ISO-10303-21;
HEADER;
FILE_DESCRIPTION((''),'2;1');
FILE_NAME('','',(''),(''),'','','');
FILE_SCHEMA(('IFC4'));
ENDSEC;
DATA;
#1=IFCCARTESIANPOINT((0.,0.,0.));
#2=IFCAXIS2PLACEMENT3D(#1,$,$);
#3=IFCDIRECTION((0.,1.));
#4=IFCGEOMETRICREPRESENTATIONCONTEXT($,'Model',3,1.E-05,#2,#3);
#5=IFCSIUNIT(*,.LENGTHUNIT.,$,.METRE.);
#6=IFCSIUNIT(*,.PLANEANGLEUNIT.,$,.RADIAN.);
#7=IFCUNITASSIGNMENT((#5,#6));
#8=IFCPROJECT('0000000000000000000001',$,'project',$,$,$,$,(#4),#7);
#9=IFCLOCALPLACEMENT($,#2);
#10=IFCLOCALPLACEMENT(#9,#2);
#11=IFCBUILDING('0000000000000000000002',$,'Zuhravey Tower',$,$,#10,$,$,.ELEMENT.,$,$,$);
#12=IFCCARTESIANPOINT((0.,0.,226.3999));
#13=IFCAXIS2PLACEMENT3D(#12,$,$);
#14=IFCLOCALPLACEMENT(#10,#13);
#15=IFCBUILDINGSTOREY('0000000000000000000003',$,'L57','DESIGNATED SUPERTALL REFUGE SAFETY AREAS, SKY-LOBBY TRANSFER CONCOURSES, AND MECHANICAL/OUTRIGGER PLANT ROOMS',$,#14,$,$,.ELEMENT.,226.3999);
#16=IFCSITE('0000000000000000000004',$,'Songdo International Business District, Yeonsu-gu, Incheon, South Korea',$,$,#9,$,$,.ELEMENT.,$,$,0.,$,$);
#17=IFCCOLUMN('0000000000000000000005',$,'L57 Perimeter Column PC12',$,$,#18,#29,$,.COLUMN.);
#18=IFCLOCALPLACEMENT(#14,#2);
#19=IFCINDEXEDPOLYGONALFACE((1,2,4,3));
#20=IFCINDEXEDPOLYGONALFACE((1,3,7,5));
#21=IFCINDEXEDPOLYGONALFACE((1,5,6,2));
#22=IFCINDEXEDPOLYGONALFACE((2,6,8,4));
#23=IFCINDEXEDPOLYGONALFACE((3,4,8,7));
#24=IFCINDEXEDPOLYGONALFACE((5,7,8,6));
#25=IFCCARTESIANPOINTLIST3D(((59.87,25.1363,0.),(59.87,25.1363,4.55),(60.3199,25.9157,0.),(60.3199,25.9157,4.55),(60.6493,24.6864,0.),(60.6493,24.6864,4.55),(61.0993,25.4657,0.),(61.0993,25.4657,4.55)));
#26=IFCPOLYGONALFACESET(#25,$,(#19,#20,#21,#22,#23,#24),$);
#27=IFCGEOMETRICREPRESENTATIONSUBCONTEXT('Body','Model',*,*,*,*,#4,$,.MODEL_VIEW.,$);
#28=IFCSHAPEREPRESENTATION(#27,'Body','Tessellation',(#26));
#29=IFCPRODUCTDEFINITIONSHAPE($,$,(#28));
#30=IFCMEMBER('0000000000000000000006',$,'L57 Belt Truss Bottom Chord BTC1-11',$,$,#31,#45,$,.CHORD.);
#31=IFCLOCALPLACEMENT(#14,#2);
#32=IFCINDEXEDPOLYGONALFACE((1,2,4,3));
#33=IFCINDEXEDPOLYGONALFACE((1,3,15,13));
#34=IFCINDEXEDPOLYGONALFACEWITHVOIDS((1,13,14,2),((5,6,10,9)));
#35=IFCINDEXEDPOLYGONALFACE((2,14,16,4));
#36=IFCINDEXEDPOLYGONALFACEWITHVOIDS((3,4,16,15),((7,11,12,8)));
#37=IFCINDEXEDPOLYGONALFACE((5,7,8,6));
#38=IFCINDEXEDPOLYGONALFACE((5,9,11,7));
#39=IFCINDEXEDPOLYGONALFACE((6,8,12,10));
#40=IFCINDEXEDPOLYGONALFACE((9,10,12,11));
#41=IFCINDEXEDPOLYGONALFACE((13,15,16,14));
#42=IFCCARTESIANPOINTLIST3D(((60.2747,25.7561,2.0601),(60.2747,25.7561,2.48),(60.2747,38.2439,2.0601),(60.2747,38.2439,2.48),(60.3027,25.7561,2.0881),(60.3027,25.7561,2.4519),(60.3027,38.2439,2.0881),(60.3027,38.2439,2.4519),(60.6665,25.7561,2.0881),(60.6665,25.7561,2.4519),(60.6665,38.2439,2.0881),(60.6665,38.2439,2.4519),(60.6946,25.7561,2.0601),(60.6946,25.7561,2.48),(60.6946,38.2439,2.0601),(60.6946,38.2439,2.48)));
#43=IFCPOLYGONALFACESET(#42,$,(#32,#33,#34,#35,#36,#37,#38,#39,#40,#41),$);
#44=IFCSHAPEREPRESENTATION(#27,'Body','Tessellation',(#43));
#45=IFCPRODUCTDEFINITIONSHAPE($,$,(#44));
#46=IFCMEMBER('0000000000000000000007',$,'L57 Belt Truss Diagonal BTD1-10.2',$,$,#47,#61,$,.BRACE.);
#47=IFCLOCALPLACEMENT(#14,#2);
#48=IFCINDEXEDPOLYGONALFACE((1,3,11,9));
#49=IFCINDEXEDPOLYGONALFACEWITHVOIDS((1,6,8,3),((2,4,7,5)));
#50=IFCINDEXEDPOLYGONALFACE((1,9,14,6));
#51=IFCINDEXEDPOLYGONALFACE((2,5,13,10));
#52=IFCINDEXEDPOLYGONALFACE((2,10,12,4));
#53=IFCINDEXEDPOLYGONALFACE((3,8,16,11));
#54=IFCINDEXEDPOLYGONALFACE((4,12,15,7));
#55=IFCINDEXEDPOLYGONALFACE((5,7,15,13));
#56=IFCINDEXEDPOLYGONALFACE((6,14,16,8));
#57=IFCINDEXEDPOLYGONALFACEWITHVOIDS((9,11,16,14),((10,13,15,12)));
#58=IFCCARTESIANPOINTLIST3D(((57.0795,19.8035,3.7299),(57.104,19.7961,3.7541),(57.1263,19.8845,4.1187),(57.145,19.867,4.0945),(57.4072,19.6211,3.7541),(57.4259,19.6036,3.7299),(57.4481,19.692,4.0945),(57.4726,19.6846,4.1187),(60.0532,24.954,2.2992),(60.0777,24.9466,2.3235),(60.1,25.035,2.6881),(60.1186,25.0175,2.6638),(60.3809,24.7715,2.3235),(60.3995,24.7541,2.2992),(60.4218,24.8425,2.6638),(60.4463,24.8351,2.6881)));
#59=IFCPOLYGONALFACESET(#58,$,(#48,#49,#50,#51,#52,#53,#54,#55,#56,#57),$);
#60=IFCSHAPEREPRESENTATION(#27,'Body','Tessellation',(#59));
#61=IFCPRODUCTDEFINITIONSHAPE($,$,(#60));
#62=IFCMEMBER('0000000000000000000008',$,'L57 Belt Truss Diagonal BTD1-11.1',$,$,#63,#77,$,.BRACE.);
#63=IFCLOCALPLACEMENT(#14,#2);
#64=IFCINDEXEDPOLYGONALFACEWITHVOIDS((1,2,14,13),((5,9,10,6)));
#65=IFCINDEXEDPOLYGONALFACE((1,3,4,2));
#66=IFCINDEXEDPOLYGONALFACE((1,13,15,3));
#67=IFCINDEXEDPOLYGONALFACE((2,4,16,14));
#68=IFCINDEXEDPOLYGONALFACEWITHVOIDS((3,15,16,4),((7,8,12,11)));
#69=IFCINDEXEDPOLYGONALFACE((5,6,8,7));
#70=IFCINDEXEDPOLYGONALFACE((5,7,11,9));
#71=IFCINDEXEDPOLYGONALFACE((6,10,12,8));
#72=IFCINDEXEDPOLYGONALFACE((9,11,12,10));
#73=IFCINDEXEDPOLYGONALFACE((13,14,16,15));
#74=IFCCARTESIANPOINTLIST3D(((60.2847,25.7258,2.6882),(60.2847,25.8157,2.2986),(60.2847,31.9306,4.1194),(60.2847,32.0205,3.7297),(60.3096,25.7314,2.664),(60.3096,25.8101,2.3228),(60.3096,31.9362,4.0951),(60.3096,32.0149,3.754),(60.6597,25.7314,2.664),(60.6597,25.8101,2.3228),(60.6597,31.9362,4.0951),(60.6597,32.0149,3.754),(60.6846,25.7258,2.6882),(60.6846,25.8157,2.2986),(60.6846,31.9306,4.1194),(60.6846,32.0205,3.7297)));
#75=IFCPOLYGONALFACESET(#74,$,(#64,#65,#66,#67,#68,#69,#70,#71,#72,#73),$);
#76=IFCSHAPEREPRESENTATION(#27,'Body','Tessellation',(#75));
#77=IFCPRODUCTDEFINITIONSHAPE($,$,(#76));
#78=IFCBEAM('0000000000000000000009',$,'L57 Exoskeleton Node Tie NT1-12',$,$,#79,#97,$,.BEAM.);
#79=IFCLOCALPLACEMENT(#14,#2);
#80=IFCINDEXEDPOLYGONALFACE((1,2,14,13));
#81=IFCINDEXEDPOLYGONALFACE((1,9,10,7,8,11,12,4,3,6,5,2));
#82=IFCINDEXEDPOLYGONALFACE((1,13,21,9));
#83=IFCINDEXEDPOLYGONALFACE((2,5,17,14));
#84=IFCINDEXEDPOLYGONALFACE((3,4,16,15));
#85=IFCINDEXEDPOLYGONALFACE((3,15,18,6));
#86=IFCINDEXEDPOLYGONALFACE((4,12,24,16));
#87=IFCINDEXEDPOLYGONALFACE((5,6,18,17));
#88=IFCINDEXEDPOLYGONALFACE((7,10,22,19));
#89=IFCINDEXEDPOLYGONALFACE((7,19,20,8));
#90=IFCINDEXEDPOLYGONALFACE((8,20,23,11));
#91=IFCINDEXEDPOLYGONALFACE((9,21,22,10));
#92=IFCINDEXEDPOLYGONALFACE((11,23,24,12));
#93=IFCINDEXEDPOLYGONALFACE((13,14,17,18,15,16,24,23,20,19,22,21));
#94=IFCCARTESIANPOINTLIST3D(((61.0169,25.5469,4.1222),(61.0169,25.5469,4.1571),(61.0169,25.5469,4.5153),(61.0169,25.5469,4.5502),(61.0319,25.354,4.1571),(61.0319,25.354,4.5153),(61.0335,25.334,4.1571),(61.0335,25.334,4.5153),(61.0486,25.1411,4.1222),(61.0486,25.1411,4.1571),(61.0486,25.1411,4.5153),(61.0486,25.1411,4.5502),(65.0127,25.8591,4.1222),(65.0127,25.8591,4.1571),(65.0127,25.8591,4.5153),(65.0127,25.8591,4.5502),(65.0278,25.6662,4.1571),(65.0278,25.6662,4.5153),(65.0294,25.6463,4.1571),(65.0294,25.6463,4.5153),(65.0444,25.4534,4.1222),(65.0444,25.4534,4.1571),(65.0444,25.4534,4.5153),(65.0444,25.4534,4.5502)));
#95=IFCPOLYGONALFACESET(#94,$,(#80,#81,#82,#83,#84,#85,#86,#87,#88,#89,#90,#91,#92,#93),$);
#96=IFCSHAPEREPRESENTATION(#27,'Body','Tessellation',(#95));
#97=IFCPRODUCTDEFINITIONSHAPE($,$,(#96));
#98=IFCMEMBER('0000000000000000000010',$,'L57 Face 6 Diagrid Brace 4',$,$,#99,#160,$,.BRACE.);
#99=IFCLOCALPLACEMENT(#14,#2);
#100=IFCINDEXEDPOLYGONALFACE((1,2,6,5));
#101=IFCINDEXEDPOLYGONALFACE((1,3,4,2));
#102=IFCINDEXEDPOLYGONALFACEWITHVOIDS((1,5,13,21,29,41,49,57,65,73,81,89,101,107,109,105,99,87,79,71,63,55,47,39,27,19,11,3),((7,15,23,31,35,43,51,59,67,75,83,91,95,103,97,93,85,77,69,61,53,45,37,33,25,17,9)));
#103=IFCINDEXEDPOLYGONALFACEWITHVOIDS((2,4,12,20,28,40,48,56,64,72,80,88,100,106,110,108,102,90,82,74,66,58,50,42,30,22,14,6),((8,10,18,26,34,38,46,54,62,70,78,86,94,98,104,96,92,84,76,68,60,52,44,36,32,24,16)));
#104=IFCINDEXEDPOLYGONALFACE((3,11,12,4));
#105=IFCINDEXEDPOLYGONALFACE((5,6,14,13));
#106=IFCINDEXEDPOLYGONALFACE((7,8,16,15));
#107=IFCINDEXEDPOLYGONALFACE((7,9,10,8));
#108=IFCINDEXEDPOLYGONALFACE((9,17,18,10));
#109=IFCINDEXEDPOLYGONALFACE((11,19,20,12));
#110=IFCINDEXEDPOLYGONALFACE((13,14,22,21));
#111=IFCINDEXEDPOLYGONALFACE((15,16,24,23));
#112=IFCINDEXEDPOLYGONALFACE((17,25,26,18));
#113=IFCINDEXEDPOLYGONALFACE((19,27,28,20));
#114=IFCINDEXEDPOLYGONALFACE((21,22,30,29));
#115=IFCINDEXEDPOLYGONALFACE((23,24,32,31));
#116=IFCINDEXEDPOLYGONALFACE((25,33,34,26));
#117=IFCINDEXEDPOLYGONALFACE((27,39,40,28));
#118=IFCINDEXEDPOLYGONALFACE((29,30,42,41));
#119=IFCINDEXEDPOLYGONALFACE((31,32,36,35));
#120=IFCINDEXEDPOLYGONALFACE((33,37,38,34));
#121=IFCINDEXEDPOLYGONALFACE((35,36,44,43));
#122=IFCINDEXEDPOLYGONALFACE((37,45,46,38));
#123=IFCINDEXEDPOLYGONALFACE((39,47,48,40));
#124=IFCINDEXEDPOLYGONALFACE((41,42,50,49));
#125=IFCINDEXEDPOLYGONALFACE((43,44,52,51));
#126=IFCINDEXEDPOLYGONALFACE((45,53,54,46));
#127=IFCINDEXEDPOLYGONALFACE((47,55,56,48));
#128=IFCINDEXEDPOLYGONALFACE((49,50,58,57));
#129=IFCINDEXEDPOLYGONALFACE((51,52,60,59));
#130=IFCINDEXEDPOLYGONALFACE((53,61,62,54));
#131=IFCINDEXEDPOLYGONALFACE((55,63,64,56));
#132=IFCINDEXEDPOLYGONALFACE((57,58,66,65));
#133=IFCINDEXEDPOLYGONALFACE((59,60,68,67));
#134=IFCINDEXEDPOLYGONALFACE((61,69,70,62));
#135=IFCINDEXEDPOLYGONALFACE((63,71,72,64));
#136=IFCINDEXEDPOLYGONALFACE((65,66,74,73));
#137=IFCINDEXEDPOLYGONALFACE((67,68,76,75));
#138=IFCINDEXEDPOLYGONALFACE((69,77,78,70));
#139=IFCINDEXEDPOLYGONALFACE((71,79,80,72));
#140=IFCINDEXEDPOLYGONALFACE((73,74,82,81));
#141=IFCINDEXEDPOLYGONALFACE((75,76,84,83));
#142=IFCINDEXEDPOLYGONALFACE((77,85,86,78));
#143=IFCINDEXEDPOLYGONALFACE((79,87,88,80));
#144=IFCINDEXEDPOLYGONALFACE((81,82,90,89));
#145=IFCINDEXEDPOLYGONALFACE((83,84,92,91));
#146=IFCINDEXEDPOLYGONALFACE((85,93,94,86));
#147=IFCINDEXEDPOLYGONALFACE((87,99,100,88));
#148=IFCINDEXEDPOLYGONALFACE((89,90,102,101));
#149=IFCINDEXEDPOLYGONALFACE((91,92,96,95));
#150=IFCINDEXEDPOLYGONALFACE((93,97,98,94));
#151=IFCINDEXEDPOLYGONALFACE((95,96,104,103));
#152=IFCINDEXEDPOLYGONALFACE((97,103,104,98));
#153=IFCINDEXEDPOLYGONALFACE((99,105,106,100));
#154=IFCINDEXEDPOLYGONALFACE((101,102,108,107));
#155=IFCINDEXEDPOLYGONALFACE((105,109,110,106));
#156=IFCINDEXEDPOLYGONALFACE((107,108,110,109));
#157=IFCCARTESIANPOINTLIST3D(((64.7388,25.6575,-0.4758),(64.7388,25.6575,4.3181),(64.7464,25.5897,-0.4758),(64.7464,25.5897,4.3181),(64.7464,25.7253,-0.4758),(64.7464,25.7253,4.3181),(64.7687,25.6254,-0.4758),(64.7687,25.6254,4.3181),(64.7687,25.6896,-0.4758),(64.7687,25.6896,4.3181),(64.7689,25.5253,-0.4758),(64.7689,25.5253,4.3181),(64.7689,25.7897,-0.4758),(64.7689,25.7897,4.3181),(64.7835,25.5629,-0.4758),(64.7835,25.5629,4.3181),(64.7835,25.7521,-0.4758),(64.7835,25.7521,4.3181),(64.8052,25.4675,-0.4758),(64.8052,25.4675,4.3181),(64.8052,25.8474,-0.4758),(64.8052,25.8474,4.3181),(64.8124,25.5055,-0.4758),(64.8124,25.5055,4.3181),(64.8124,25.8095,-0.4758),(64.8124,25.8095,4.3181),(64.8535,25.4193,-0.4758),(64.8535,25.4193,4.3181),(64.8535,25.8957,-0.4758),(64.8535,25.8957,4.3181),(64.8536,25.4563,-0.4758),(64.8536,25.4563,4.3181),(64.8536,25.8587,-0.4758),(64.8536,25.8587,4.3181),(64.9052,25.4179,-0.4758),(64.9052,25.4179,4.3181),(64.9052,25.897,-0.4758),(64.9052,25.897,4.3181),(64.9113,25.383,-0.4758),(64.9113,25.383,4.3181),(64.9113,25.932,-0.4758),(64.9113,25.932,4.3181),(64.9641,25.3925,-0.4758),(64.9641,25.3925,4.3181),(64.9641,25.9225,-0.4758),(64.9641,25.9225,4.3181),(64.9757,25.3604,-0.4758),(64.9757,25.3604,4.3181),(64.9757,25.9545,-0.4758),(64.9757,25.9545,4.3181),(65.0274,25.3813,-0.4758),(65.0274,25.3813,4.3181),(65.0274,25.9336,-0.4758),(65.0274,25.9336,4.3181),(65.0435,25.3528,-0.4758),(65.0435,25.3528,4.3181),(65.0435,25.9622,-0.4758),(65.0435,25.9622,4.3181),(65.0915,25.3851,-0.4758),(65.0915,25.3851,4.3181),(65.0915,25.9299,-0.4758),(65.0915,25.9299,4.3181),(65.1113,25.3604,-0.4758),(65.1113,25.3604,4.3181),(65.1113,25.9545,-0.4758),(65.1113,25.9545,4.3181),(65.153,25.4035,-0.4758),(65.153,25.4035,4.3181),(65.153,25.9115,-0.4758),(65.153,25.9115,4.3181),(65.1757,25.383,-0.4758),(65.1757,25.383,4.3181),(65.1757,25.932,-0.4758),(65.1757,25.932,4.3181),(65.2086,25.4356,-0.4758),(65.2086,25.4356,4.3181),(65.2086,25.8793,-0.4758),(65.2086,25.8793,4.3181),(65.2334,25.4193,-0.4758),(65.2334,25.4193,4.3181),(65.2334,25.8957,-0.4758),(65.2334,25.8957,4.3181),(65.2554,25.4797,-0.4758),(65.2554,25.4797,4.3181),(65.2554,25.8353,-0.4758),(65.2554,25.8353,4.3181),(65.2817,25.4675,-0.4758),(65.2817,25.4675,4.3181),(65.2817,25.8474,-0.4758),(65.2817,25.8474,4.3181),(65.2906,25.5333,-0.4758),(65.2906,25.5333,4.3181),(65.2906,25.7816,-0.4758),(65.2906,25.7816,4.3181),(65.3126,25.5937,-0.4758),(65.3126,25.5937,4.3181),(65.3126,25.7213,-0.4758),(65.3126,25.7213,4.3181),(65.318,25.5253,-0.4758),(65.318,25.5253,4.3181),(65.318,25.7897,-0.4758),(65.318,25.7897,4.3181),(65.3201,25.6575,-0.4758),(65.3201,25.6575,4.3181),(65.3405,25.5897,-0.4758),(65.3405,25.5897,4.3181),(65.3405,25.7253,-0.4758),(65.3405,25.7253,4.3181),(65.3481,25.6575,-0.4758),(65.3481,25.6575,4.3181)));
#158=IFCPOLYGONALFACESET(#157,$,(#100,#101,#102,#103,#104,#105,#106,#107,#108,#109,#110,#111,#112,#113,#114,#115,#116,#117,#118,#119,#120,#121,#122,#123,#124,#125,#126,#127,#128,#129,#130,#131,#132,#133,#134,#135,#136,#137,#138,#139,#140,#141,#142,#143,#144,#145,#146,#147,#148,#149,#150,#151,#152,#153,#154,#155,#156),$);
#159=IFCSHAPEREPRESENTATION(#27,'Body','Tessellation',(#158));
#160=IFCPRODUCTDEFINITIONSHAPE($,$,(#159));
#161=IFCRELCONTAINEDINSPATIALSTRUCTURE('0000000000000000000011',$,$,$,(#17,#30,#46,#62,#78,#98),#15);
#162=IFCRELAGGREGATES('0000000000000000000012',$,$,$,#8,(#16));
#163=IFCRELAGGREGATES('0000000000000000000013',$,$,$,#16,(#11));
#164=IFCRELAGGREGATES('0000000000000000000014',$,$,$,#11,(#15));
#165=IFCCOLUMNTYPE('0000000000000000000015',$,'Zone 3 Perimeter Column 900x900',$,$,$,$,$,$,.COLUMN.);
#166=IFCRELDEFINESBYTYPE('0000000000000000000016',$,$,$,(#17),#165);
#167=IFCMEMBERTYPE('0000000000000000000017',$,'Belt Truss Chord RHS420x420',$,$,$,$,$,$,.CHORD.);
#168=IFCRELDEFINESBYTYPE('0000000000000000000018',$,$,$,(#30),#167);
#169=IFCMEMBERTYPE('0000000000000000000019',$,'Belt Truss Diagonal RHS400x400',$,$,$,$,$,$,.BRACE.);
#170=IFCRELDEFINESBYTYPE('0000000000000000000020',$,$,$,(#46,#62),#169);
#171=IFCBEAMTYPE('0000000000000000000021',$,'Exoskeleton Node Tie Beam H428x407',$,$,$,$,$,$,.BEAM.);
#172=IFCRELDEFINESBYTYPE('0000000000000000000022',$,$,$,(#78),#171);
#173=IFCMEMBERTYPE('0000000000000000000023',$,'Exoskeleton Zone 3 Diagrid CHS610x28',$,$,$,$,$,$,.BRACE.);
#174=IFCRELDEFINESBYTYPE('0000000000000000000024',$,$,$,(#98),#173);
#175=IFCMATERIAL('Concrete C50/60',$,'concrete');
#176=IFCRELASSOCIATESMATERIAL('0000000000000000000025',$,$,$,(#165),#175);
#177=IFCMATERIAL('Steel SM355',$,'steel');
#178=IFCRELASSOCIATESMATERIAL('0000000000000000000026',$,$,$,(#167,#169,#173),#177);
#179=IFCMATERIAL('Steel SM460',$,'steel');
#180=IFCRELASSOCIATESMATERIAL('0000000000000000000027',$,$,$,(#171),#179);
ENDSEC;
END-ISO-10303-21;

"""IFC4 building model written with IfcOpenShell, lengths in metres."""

from ifc_helpers import new_model, si_unit, direction, frame, origin, origin_2d, place, context, subcontext, project, spatial, rectangle, hollow_rectangle, hollow_circle, i_section, extrude, material, material_profile, profile_set, type_object, element, save


model = new_model("IFC4")

# Units and contexts
model_context = context("Model", 3, precision=1e-05, world=origin(), true_north=direction((0.0, 1.0)))
body_context = subcontext(model_context, "Body", "Model", "MODEL_VIEW")
ifc_project = project(units=[si_unit("LENGTHUNIT", "METRE"), si_unit("PLANEANGLEUNIT", "RADIAN")], contexts=[model_context])

# Site, building, storey
site_placement = place(None, origin())
site = spatial("IfcSite", under=ifc_project, at=site_placement, Name="Songdo International Business District, Yeonsu-gu, Incheon, South Korea", CompositionType="ELEMENT", RefElevation=0.0)
building_placement = place(site_placement, origin())
building = spatial("IfcBuilding", under=site, at=building_placement, Name="Zuhravey Tower", CompositionType="ELEMENT")
storey_placement = place(building_placement, frame((0.0, 0.0, 226.3999)))
storey = spatial("IfcBuildingStorey", under=building, at=storey_placement, Name="L57", Description="DESIGNATED SUPERTALL REFUGE SAFETY AREAS, SKY-LOBBY TRANSFER CONCOURSES, AND MECHANICAL/OUTRIGGER PLANT ROOMS", CompositionType="ELEMENT", Elevation=226.3999)

# Column
ifc_material_1 = material(Name="Concrete C50/60", Category="concrete")
ifc_material_profile_1 = material_profile(ifc_material_1, rectangle(XDim=0.8999, YDim=0.8999, at=origin_2d()), Name="RC-900x900")
ifc_profile_set_1 = profile_set([ifc_material_profile_1], Name="Concrete C50/60")
column_type = type_object("IfcColumnType", Name="Zone 3 Perimeter Column 900x900", PredefinedType="COLUMN", material=ifc_profile_set_1)
column_placement = place(storey_placement, frame((60.4846, 25.301, 0.0), z_axis=(0.0, 0.0, 1.0), x_axis=(0.5, 0.866025, 0.0)))
element("IfcColumn", 1, at=column_placement, inside=storey, type_object=column_type, Name="L57 Perimeter Column PC12", PredefinedType="COLUMN", context=body_context, shape_type="SweptSolid", body=[
    extrude(rectangle(XDim=0.8999, YDim=0.8999, at=origin_2d()), origin(), (0.0, 0.0, 1.0), 4.55),
])

# Members
ifc_material_2 = material(Name="Steel SM355", Category="steel")
ifc_material_profile_2 = material_profile(ifc_material_2, hollow_rectangle(XDim=0.4199, YDim=0.4199, WallThickness=0.0281, at=origin_2d()), Name="RHS-420x420x28")
ifc_profile_set_2 = profile_set([ifc_material_profile_2], Name="Steel SM355")
member_type_1 = type_object("IfcMemberType", Name="Belt Truss Chord RHS420x420", PredefinedType="CHORD", material=ifc_profile_set_2)
member_1_placement = place(storey_placement, frame((60.4846, 25.7561, 2.27), z_axis=(0.0, 1.0, 0.0), x_axis=(-1.0, 0.0, 0.0)))
element("IfcMember", 2, at=member_1_placement, inside=storey, type_object=member_type_1, Name="L57 Belt Truss Bottom Chord BTC1-11", PredefinedType="CHORD", context=body_context, shape_type="SweptSolid", body=[
    extrude(hollow_rectangle(XDim=0.4199, YDim=0.4199, WallThickness=0.0281, at=origin_2d()), origin(), (0.0, 0.0, 1.0), 12.4878),
])
ifc_material_profile_3 = material_profile(ifc_material_2, hollow_rectangle(XDim=0.3999, YDim=0.3999, WallThickness=0.0249, at=origin_2d()), Name="RHS-400x400x25")
ifc_profile_set_3 = profile_set([ifc_material_profile_3], Name="Steel SM355")
member_type_2 = type_object("IfcMemberType", Name="Belt Truss Diagonal RHS400x400", PredefinedType="BRACE", material=ifc_profile_set_3)
member_2_placement = place(storey_placement, frame((60.2498, 24.8945, 2.4937), z_axis=(-0.486138, -0.842001, 0.233889), x_axis=(0.866022, -0.500007, 0.0)))
element("IfcMember", 3, at=member_2_placement, inside=storey, type_object=member_type_2, Name="L57 Belt Truss Diagonal BTD1-10.2", PredefinedType="BRACE", context=body_context, shape_type="SweptSolid", body=[
    extrude(hollow_rectangle(XDim=0.3999, YDim=0.3999, WallThickness=0.0249, at=origin_2d()), origin(), (0.0, 0.0, 1.0), 6.1169),
])
member_3_placement = place(storey_placement, frame((60.4846, 25.7708, 2.4934), z_axis=(0.0, 0.974416, 0.22475), x_axis=(-1.0, 0.0, 0.0)))
element("IfcMember", 4, at=member_3_placement, inside=storey, type_object=member_type_2, Name="L57 Belt Truss Diagonal BTD1-11.1", PredefinedType="BRACE", context=body_context, shape_type="SweptSolid", body=[
    extrude(hollow_rectangle(XDim=0.3999, YDim=0.3999, WallThickness=0.0249, at=origin_2d()), origin(), (0.0, 0.0, 1.0), 6.3677),
])

# Beam
ifc_material_3 = material(Name="Steel SM460", Category="steel")
ifc_material_profile_4 = material_profile(ifc_material_3, i_section(OverallWidth=0.407, OverallDepth=0.428, WebThickness=0.02, FlangeThickness=0.0349, at=origin_2d()), Name="H-428x407x20x35")
ifc_profile_set_4 = profile_set([ifc_material_profile_4], Name="Steel SM460")
beam_type_1 = type_object("IfcBeamType", Name="Exoskeleton Node Tie Beam H428x407", PredefinedType="BEAM", material=ifc_profile_set_4)
beam_1_placement = place(storey_placement, frame((61.0327, 25.344, 4.3362), z_axis=(0.996961, 0.077908, 0.0), x_axis=(-0.077908, 0.996961, 0.0)))
element("IfcBeam", 5, at=beam_1_placement, inside=storey, type_object=beam_type_1, Name="L57 Exoskeleton Node Tie NT1-12", PredefinedType="BEAM", context=body_context, shape_type="SweptSolid", body=[
    extrude(i_section(OverallWidth=0.407, OverallDepth=0.428, WebThickness=0.02, FlangeThickness=0.0349, at=origin_2d()), origin(), (0.0, 0.0, 1.0), 4.0081),
])

# Member
ifc_material_profile_5 = material_profile(ifc_material_2, hollow_circle(Radius=0.3047, WallThickness=0.0281, at=origin_2d()), Name="CHS-609.6x28")
ifc_profile_set_5 = profile_set([ifc_material_profile_5], Name="Steel SM355")
member_type_3 = type_object("IfcMemberType", Name="Exoskeleton Zone 3 Diagrid CHS610x28", PredefinedType="BRACE", material=ifc_profile_set_5)
member_4_placement = place(storey_placement, frame((65.0435, 25.6575, -0.4758), z_axis=(0.0, 0.0, 1.0), x_axis=(1.0, 0.0, 0.0)))
element("IfcMember", 6, at=member_4_placement, inside=storey, type_object=member_type_3, Name="L57 Face 6 Diagrid Brace 4", PredefinedType="BRACE", context=body_context, shape_type="SweptSolid", body=[
    extrude(hollow_circle(Radius=0.3047, WallThickness=0.0281, at=origin_2d()), origin(), (0.0, 0.0, 1.0), 4.7939),
])

save(model, "model.ifc")
